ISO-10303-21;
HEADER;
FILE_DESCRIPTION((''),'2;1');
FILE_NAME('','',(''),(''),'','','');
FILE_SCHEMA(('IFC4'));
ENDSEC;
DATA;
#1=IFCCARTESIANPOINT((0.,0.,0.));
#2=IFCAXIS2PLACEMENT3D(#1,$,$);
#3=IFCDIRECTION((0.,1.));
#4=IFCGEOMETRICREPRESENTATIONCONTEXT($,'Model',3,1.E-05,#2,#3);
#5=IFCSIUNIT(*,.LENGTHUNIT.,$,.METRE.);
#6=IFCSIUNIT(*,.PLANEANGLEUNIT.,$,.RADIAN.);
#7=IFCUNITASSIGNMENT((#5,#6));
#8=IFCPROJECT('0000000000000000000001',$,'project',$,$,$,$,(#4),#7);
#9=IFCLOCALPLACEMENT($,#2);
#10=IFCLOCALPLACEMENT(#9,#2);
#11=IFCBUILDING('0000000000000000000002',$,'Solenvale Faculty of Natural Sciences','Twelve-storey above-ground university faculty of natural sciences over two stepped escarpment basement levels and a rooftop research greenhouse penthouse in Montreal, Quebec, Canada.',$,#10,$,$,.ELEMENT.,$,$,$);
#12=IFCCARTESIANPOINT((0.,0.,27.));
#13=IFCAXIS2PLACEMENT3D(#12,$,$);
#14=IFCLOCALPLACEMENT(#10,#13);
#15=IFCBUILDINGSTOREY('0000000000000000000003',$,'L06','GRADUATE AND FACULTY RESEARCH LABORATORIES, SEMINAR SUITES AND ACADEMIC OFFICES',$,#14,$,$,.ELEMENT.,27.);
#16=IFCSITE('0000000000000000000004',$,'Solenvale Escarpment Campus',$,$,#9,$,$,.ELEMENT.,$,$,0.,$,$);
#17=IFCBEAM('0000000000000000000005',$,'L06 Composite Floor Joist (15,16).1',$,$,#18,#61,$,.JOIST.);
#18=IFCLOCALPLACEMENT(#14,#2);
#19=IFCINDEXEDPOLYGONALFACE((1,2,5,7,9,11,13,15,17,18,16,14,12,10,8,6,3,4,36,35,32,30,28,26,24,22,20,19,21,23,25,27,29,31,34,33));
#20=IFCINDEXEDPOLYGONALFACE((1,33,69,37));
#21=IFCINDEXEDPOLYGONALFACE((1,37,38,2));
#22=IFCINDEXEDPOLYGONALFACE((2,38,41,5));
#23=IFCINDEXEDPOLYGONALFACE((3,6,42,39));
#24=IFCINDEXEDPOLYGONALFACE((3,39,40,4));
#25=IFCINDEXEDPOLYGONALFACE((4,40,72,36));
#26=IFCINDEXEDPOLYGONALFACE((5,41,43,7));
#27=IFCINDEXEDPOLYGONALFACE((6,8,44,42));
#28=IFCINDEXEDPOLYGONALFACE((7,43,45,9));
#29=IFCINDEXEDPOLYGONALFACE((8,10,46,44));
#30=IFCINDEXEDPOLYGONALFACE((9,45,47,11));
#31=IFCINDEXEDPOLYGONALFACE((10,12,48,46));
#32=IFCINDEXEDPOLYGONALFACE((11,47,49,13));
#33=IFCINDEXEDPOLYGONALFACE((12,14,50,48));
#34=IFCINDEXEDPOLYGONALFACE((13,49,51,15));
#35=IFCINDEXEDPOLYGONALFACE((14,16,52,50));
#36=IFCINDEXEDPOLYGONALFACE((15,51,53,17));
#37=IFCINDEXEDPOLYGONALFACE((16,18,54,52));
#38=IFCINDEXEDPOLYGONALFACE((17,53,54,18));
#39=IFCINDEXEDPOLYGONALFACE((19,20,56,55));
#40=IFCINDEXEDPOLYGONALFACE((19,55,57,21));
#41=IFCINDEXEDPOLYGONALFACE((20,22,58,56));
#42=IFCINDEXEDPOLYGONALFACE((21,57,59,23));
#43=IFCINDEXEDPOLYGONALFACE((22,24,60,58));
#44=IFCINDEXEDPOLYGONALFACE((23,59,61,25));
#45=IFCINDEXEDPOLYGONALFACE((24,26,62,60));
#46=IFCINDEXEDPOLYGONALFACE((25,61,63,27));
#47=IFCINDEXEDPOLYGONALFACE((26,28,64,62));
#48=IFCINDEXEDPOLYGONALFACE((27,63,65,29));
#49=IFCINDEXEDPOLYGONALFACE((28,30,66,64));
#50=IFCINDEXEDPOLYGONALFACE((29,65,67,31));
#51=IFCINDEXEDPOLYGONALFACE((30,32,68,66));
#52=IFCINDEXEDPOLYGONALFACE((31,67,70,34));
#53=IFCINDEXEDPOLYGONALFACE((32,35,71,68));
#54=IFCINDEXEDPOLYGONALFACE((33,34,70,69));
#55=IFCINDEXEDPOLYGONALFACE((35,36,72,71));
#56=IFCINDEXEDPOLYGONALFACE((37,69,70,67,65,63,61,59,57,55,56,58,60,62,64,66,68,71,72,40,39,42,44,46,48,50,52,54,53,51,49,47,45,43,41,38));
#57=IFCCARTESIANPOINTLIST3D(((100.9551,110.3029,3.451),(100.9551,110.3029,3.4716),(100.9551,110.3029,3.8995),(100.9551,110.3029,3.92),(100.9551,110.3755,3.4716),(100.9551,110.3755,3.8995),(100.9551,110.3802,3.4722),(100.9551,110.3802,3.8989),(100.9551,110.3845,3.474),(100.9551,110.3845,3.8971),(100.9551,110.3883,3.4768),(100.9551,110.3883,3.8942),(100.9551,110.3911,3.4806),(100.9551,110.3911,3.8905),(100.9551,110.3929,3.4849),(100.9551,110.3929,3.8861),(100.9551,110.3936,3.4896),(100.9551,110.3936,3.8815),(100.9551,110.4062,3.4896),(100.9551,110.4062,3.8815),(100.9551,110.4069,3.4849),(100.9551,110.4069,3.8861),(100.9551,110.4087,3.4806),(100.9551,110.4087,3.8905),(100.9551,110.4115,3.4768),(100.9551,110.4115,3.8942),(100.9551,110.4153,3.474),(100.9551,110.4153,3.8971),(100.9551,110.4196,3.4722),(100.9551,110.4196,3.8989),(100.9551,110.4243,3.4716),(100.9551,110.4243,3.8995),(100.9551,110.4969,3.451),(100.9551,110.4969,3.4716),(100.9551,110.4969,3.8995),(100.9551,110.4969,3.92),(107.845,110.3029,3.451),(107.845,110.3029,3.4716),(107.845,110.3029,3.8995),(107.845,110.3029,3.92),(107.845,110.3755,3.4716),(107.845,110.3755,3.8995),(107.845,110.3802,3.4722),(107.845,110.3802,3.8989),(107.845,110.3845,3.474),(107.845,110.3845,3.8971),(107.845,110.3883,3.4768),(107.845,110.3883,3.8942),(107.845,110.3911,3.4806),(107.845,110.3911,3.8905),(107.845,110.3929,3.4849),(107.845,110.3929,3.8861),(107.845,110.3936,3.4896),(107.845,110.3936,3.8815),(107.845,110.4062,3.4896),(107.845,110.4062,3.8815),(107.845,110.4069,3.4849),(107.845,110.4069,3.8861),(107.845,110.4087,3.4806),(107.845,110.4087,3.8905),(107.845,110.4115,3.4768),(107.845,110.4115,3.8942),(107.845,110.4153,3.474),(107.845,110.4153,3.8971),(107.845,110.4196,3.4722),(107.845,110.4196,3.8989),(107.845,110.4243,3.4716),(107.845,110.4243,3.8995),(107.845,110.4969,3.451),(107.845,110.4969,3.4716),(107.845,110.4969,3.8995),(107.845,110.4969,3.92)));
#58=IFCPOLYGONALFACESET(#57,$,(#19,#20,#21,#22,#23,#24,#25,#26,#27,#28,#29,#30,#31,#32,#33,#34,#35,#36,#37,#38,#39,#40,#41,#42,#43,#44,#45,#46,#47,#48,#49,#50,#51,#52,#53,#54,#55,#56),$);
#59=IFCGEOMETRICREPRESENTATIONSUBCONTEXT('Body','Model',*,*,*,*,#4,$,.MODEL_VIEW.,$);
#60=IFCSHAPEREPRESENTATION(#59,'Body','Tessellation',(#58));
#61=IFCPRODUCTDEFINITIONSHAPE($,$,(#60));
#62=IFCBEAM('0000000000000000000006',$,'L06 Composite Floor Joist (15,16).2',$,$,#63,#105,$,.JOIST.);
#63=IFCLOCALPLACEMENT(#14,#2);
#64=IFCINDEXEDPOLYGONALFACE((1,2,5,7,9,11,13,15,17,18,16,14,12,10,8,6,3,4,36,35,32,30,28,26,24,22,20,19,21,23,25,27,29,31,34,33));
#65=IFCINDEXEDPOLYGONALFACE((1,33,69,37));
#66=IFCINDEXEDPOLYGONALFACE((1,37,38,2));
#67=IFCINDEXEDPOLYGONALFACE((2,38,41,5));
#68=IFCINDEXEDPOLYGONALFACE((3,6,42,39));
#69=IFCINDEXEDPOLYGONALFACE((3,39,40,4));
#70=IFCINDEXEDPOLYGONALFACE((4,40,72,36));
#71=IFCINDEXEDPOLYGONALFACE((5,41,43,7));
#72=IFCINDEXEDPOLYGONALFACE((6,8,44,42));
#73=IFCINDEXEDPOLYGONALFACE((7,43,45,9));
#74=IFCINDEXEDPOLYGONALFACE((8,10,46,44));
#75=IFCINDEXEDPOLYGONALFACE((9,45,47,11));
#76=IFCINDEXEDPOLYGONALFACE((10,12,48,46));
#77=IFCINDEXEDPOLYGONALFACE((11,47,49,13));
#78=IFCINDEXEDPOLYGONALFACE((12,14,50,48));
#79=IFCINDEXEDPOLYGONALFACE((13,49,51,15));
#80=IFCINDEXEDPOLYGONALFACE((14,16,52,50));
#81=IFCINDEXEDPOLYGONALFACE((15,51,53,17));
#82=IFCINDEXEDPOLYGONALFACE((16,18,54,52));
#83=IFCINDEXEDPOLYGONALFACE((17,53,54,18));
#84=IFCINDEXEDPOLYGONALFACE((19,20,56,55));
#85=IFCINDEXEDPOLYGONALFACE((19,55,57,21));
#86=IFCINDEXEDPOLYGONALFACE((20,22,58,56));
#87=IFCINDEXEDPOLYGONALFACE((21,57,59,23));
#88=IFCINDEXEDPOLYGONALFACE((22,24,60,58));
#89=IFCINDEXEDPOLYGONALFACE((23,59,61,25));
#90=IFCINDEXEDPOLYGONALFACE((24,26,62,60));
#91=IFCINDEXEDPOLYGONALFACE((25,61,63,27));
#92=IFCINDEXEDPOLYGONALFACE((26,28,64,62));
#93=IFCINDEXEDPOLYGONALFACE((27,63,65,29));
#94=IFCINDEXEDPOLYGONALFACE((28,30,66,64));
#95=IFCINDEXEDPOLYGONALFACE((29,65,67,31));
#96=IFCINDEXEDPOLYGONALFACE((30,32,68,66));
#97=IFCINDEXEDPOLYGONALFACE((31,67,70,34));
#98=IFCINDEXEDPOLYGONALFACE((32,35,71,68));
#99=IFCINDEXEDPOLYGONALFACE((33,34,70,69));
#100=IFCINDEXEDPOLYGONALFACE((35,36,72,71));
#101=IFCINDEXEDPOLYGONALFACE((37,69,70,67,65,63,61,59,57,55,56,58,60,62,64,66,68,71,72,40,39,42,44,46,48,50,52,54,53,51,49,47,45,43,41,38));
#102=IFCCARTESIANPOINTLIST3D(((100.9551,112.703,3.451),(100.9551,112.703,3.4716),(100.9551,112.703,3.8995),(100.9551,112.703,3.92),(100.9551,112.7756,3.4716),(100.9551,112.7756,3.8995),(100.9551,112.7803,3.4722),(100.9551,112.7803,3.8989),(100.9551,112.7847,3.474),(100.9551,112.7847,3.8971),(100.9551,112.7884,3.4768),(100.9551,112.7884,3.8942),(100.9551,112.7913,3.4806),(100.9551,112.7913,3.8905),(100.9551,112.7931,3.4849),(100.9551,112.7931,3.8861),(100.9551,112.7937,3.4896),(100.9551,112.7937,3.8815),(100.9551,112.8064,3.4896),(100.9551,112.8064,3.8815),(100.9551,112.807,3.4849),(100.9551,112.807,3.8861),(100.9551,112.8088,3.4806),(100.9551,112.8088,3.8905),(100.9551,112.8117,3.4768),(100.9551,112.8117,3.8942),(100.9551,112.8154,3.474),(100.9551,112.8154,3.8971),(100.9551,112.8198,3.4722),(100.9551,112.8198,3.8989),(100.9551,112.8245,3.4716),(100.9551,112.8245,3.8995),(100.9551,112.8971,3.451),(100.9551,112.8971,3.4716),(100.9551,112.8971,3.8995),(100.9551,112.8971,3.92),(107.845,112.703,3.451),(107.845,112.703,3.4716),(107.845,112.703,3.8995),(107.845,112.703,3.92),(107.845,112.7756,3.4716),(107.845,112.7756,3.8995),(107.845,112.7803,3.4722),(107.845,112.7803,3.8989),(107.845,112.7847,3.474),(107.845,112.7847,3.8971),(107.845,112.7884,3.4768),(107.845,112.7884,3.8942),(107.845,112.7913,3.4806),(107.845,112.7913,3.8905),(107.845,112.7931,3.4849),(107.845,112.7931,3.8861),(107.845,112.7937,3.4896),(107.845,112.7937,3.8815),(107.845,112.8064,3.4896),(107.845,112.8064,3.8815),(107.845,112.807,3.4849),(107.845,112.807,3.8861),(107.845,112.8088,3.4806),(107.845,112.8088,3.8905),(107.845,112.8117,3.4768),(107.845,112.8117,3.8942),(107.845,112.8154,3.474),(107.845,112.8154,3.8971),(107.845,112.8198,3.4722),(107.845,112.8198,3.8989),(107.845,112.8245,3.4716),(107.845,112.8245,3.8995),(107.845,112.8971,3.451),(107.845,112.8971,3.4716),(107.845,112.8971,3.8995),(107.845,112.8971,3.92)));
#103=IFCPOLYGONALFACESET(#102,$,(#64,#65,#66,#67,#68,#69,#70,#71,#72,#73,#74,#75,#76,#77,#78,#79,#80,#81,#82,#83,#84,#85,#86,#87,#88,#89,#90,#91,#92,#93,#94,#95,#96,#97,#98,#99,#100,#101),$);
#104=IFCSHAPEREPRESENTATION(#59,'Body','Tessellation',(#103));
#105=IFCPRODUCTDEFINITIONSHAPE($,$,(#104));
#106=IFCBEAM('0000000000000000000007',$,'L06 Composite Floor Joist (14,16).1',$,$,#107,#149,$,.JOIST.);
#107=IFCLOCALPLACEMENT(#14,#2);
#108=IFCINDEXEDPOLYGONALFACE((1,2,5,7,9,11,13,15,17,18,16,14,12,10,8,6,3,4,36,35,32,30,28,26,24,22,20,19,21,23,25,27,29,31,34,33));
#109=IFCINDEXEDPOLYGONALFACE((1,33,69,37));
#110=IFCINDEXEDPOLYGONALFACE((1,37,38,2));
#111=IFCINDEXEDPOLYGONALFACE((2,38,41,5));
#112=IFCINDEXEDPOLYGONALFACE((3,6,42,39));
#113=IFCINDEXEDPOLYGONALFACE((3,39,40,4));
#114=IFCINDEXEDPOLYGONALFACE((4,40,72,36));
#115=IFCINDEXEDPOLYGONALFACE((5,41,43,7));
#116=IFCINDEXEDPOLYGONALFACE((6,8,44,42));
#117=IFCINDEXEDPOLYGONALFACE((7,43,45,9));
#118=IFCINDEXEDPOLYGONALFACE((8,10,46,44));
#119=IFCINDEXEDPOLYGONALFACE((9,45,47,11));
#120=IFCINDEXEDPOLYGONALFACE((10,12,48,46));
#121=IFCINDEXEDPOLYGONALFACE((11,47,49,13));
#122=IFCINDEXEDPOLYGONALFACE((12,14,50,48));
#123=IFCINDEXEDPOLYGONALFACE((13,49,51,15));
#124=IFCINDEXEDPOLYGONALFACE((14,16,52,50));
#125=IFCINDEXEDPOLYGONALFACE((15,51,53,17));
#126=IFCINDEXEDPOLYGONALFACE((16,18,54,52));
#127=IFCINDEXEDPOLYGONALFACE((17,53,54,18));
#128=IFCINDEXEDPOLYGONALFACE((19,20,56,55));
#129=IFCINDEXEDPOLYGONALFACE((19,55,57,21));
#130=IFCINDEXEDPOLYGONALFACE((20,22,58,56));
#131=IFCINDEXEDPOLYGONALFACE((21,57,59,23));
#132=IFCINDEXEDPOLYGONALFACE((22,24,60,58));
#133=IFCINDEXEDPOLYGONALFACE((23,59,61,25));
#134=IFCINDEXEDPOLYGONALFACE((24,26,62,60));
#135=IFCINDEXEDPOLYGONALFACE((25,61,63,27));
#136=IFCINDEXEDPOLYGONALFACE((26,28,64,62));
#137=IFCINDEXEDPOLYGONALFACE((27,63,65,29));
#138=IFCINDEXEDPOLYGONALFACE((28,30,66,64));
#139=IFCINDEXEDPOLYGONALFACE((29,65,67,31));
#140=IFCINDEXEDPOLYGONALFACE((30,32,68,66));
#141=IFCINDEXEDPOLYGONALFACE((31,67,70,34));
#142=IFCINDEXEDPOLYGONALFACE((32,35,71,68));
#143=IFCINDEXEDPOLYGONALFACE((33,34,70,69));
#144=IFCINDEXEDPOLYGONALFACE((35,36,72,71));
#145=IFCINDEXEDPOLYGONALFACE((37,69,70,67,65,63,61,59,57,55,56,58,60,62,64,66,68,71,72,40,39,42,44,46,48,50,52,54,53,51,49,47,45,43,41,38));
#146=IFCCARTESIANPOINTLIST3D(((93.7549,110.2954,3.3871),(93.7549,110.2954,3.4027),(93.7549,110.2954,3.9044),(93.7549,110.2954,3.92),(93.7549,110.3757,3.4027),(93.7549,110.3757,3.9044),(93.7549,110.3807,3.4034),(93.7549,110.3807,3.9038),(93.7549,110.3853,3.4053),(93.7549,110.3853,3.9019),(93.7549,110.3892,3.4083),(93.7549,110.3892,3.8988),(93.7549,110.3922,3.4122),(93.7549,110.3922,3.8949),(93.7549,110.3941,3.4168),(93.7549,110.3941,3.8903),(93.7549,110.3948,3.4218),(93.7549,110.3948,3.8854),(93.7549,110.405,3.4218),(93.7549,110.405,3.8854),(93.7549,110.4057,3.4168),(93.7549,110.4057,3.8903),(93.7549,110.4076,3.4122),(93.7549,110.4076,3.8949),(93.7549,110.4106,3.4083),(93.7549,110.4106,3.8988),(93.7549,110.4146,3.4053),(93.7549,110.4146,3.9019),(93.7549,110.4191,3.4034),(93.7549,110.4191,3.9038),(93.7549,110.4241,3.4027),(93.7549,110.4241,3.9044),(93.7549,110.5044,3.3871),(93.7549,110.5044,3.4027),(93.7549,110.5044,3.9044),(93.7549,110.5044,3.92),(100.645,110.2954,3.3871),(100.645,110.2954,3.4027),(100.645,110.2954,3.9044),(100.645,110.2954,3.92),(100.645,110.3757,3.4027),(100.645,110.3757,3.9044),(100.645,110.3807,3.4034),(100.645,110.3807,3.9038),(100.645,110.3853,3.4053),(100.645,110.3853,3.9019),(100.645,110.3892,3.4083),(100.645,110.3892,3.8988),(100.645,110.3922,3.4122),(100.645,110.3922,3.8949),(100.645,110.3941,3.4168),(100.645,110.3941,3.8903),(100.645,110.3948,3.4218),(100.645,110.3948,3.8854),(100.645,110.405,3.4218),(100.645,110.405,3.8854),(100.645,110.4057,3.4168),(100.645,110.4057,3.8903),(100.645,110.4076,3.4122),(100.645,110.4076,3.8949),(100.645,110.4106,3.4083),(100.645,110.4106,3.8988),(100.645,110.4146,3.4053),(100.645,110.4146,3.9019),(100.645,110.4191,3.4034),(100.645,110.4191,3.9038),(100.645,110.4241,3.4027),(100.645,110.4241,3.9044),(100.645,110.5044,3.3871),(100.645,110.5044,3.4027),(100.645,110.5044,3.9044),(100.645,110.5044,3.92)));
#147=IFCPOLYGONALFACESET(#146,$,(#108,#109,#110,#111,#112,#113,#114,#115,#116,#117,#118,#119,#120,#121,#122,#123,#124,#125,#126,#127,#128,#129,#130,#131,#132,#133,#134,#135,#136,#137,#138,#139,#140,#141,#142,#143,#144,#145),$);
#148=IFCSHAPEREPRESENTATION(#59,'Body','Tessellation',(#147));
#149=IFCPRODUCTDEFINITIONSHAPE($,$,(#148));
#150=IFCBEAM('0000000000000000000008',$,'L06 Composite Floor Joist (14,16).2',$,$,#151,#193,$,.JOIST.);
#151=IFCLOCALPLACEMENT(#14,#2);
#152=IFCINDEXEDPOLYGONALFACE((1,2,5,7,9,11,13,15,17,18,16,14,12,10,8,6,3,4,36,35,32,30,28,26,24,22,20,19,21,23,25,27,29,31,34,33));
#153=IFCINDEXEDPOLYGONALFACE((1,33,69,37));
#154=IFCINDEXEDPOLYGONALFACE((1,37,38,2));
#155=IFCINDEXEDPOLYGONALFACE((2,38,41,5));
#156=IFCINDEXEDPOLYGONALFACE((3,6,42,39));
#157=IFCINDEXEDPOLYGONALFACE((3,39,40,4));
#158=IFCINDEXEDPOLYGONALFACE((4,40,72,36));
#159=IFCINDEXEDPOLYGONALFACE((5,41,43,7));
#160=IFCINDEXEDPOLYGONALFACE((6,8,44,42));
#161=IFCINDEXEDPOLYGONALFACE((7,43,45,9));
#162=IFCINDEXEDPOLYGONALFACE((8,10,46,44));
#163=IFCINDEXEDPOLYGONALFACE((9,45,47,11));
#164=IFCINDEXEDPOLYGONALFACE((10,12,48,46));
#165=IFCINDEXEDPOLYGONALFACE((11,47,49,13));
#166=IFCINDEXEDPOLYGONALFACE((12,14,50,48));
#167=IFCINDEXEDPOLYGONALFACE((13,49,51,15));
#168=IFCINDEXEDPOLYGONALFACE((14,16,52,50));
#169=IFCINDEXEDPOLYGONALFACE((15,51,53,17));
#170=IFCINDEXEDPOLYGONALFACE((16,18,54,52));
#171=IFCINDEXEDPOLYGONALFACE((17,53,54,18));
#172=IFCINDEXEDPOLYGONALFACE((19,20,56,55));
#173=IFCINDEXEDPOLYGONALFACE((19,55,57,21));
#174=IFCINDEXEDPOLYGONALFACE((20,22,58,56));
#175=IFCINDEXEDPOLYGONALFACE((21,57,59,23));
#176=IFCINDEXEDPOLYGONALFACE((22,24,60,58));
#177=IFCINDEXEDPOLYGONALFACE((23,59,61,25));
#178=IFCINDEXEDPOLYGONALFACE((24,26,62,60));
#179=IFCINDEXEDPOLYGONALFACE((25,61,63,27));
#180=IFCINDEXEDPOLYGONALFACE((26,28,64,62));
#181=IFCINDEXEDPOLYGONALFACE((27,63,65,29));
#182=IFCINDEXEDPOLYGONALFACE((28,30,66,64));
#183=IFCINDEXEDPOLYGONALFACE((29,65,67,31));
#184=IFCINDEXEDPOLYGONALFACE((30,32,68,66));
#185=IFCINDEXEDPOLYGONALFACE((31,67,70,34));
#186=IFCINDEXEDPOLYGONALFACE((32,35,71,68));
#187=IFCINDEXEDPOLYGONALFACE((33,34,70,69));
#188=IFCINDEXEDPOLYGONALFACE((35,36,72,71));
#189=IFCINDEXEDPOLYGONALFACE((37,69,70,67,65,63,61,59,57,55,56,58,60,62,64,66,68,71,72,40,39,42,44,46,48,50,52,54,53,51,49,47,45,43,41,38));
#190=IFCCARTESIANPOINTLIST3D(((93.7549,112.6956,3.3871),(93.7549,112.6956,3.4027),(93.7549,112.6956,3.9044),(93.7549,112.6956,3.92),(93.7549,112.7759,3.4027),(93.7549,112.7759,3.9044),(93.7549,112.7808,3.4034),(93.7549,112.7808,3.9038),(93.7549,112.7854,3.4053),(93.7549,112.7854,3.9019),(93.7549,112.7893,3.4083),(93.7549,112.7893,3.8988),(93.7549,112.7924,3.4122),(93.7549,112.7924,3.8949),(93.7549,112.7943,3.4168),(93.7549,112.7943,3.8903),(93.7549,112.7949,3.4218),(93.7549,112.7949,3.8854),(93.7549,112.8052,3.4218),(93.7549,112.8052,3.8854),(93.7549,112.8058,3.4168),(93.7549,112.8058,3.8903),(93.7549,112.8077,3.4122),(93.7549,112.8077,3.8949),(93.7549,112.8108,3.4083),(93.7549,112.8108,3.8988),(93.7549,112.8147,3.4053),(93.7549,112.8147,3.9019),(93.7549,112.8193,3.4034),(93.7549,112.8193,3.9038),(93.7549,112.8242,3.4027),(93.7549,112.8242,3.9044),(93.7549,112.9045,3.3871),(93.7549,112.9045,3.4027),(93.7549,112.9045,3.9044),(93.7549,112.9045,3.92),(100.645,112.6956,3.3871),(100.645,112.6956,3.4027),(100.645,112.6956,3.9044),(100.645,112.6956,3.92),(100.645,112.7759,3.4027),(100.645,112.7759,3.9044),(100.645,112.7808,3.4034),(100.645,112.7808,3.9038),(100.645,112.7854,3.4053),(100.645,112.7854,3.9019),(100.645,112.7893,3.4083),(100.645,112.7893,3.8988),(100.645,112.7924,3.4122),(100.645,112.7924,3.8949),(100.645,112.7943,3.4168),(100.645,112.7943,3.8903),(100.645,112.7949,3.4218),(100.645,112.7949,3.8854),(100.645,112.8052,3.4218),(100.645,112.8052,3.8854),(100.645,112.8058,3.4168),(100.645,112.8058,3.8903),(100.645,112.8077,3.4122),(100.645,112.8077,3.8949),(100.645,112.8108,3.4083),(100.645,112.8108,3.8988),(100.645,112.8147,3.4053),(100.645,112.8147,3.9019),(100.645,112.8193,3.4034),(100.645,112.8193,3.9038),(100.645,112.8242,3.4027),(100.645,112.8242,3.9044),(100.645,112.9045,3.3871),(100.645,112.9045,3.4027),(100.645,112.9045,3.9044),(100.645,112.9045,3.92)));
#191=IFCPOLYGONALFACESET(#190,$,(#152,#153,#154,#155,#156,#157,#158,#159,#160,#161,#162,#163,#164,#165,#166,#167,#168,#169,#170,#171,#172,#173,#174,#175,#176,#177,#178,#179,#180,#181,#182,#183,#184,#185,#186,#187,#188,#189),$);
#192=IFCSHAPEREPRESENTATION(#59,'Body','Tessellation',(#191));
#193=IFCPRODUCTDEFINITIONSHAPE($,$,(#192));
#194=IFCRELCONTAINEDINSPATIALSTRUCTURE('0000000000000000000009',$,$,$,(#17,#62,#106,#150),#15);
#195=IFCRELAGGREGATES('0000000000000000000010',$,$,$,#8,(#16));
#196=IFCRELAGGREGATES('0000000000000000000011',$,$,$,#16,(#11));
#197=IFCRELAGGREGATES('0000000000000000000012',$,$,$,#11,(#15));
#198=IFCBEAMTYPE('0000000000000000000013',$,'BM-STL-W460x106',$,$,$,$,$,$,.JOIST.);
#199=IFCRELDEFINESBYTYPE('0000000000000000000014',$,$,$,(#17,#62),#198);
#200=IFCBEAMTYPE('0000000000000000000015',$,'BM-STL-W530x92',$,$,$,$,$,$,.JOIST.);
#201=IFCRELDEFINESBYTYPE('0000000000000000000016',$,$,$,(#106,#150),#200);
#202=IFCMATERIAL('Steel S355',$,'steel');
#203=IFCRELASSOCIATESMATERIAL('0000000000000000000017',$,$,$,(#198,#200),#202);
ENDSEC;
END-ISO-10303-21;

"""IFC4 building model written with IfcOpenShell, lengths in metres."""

from ifc_helpers import new_model, si_unit, direction, frame, origin, origin_2d, place, context, subcontext, project, spatial, i_section, extrude, material, material_profile, profile_set, type_object, element, save


model = new_model("IFC4")

# Units and contexts
model_context = context("Model", 3, precision=1e-05, world=origin(), true_north=direction((0.0, 1.0)))
body_context = subcontext(model_context, "Body", "Model", "MODEL_VIEW")
ifc_project = project(units=[si_unit("LENGTHUNIT", "METRE"), si_unit("PLANEANGLEUNIT", "RADIAN")], contexts=[model_context])

# Site, building, storey
site_placement = place(None, origin())
site = spatial("IfcSite", under=ifc_project, at=site_placement, Name="Solenvale Escarpment Campus", CompositionType="ELEMENT", RefElevation=0.0)
building_placement = place(site_placement, origin())
building = spatial("IfcBuilding", under=site, at=building_placement, Name="Solenvale Faculty of Natural Sciences", Description="Twelve-storey above-ground university faculty of natural sciences over two stepped escarpment basement levels and a rooftop research greenhouse penthouse in Montreal, Quebec, Canada.", CompositionType="ELEMENT")
storey_placement = place(building_placement, frame((0.0, 0.0, 27.0)))
storey = spatial("IfcBuildingStorey", under=building, at=storey_placement, Name="L06", Description="GRADUATE AND FACULTY RESEARCH LABORATORIES, SEMINAR SUITES AND ACADEMIC OFFICES", CompositionType="ELEMENT", Elevation=27.0)

# Beams
ifc_material_1 = material(Name="Steel S355", Category="steel")
ifc_material_profile_1 = material_profile(ifc_material_1, i_section(OverallWidth=0.1941, OverallDepth=0.469, WebThickness=0.0127, FlangeThickness=0.0205, FilletRadius=0.0181, at=origin_2d()), Name="W460x106")
ifc_profile_set_1 = profile_set([ifc_material_profile_1], Name="Steel S355")
beam_type_1 = type_object("IfcBeamType", Name="BM-STL-W460x106", PredefinedType="JOIST", material=ifc_profile_set_1)
for number, where, z_axis, x_axis, name in (
    (1, (100.9551, 110.3999, 3.6855), (1.0, 0.0, 0.0), (0.0, 1.0, 0.0), "L06 Composite Floor Joist (15,16).1"),
    (2, (100.9551, 112.8, 3.6855), (1.0, 0.0, 0.0), (0.0, 1.0, 0.0), "L06 Composite Floor Joist (15,16).2"),
):
    element("IfcBeam", number, at=place(storey_placement, frame(where, z_axis=z_axis, x_axis=x_axis)), inside=storey, type_object=beam_type_1, Name=name, PredefinedType="JOIST", context=body_context, shape_type="SweptSolid", body=[
        extrude(i_section(OverallWidth=0.1941, OverallDepth=0.469, WebThickness=0.0127, FlangeThickness=0.0205, FilletRadius=0.0181, at=origin_2d()), origin(), (0.0, 0.0, 1.0), 6.8899),
    ])
ifc_material_profile_2 = material_profile(ifc_material_1, i_section(OverallWidth=0.209, OverallDepth=0.533, WebThickness=0.0103, FlangeThickness=0.0156, FilletRadius=0.019, at=origin_2d()), Name="W530x92")
ifc_profile_set_2 = profile_set([ifc_material_profile_2], Name="Steel S355")
beam_type_2 = type_object("IfcBeamType", Name="BM-STL-W530x92", PredefinedType="JOIST", material=ifc_profile_set_2)
for number, where, z_axis, x_axis, name in (
    (3, (93.7549, 110.3999, 3.6536), (1.0, 0.0, 0.0), (0.0, 1.0, 0.0), "L06 Composite Floor Joist (14,16).1"),
    (4, (93.7549, 112.8, 3.6536), (1.0, 0.0, 0.0), (0.0, 1.0, 0.0), "L06 Composite Floor Joist (14,16).2"),
):
    element("IfcBeam", number, at=place(storey_placement, frame(where, z_axis=z_axis, x_axis=x_axis)), inside=storey, type_object=beam_type_2, Name=name, PredefinedType="JOIST", context=body_context, shape_type="SweptSolid", body=[
        extrude(i_section(OverallWidth=0.209, OverallDepth=0.533, WebThickness=0.0103, FlangeThickness=0.0156, FilletRadius=0.019, at=origin_2d()), origin(), (0.0, 0.0, 1.0), 6.8901),
    ])

save(model, "model.ifc")
